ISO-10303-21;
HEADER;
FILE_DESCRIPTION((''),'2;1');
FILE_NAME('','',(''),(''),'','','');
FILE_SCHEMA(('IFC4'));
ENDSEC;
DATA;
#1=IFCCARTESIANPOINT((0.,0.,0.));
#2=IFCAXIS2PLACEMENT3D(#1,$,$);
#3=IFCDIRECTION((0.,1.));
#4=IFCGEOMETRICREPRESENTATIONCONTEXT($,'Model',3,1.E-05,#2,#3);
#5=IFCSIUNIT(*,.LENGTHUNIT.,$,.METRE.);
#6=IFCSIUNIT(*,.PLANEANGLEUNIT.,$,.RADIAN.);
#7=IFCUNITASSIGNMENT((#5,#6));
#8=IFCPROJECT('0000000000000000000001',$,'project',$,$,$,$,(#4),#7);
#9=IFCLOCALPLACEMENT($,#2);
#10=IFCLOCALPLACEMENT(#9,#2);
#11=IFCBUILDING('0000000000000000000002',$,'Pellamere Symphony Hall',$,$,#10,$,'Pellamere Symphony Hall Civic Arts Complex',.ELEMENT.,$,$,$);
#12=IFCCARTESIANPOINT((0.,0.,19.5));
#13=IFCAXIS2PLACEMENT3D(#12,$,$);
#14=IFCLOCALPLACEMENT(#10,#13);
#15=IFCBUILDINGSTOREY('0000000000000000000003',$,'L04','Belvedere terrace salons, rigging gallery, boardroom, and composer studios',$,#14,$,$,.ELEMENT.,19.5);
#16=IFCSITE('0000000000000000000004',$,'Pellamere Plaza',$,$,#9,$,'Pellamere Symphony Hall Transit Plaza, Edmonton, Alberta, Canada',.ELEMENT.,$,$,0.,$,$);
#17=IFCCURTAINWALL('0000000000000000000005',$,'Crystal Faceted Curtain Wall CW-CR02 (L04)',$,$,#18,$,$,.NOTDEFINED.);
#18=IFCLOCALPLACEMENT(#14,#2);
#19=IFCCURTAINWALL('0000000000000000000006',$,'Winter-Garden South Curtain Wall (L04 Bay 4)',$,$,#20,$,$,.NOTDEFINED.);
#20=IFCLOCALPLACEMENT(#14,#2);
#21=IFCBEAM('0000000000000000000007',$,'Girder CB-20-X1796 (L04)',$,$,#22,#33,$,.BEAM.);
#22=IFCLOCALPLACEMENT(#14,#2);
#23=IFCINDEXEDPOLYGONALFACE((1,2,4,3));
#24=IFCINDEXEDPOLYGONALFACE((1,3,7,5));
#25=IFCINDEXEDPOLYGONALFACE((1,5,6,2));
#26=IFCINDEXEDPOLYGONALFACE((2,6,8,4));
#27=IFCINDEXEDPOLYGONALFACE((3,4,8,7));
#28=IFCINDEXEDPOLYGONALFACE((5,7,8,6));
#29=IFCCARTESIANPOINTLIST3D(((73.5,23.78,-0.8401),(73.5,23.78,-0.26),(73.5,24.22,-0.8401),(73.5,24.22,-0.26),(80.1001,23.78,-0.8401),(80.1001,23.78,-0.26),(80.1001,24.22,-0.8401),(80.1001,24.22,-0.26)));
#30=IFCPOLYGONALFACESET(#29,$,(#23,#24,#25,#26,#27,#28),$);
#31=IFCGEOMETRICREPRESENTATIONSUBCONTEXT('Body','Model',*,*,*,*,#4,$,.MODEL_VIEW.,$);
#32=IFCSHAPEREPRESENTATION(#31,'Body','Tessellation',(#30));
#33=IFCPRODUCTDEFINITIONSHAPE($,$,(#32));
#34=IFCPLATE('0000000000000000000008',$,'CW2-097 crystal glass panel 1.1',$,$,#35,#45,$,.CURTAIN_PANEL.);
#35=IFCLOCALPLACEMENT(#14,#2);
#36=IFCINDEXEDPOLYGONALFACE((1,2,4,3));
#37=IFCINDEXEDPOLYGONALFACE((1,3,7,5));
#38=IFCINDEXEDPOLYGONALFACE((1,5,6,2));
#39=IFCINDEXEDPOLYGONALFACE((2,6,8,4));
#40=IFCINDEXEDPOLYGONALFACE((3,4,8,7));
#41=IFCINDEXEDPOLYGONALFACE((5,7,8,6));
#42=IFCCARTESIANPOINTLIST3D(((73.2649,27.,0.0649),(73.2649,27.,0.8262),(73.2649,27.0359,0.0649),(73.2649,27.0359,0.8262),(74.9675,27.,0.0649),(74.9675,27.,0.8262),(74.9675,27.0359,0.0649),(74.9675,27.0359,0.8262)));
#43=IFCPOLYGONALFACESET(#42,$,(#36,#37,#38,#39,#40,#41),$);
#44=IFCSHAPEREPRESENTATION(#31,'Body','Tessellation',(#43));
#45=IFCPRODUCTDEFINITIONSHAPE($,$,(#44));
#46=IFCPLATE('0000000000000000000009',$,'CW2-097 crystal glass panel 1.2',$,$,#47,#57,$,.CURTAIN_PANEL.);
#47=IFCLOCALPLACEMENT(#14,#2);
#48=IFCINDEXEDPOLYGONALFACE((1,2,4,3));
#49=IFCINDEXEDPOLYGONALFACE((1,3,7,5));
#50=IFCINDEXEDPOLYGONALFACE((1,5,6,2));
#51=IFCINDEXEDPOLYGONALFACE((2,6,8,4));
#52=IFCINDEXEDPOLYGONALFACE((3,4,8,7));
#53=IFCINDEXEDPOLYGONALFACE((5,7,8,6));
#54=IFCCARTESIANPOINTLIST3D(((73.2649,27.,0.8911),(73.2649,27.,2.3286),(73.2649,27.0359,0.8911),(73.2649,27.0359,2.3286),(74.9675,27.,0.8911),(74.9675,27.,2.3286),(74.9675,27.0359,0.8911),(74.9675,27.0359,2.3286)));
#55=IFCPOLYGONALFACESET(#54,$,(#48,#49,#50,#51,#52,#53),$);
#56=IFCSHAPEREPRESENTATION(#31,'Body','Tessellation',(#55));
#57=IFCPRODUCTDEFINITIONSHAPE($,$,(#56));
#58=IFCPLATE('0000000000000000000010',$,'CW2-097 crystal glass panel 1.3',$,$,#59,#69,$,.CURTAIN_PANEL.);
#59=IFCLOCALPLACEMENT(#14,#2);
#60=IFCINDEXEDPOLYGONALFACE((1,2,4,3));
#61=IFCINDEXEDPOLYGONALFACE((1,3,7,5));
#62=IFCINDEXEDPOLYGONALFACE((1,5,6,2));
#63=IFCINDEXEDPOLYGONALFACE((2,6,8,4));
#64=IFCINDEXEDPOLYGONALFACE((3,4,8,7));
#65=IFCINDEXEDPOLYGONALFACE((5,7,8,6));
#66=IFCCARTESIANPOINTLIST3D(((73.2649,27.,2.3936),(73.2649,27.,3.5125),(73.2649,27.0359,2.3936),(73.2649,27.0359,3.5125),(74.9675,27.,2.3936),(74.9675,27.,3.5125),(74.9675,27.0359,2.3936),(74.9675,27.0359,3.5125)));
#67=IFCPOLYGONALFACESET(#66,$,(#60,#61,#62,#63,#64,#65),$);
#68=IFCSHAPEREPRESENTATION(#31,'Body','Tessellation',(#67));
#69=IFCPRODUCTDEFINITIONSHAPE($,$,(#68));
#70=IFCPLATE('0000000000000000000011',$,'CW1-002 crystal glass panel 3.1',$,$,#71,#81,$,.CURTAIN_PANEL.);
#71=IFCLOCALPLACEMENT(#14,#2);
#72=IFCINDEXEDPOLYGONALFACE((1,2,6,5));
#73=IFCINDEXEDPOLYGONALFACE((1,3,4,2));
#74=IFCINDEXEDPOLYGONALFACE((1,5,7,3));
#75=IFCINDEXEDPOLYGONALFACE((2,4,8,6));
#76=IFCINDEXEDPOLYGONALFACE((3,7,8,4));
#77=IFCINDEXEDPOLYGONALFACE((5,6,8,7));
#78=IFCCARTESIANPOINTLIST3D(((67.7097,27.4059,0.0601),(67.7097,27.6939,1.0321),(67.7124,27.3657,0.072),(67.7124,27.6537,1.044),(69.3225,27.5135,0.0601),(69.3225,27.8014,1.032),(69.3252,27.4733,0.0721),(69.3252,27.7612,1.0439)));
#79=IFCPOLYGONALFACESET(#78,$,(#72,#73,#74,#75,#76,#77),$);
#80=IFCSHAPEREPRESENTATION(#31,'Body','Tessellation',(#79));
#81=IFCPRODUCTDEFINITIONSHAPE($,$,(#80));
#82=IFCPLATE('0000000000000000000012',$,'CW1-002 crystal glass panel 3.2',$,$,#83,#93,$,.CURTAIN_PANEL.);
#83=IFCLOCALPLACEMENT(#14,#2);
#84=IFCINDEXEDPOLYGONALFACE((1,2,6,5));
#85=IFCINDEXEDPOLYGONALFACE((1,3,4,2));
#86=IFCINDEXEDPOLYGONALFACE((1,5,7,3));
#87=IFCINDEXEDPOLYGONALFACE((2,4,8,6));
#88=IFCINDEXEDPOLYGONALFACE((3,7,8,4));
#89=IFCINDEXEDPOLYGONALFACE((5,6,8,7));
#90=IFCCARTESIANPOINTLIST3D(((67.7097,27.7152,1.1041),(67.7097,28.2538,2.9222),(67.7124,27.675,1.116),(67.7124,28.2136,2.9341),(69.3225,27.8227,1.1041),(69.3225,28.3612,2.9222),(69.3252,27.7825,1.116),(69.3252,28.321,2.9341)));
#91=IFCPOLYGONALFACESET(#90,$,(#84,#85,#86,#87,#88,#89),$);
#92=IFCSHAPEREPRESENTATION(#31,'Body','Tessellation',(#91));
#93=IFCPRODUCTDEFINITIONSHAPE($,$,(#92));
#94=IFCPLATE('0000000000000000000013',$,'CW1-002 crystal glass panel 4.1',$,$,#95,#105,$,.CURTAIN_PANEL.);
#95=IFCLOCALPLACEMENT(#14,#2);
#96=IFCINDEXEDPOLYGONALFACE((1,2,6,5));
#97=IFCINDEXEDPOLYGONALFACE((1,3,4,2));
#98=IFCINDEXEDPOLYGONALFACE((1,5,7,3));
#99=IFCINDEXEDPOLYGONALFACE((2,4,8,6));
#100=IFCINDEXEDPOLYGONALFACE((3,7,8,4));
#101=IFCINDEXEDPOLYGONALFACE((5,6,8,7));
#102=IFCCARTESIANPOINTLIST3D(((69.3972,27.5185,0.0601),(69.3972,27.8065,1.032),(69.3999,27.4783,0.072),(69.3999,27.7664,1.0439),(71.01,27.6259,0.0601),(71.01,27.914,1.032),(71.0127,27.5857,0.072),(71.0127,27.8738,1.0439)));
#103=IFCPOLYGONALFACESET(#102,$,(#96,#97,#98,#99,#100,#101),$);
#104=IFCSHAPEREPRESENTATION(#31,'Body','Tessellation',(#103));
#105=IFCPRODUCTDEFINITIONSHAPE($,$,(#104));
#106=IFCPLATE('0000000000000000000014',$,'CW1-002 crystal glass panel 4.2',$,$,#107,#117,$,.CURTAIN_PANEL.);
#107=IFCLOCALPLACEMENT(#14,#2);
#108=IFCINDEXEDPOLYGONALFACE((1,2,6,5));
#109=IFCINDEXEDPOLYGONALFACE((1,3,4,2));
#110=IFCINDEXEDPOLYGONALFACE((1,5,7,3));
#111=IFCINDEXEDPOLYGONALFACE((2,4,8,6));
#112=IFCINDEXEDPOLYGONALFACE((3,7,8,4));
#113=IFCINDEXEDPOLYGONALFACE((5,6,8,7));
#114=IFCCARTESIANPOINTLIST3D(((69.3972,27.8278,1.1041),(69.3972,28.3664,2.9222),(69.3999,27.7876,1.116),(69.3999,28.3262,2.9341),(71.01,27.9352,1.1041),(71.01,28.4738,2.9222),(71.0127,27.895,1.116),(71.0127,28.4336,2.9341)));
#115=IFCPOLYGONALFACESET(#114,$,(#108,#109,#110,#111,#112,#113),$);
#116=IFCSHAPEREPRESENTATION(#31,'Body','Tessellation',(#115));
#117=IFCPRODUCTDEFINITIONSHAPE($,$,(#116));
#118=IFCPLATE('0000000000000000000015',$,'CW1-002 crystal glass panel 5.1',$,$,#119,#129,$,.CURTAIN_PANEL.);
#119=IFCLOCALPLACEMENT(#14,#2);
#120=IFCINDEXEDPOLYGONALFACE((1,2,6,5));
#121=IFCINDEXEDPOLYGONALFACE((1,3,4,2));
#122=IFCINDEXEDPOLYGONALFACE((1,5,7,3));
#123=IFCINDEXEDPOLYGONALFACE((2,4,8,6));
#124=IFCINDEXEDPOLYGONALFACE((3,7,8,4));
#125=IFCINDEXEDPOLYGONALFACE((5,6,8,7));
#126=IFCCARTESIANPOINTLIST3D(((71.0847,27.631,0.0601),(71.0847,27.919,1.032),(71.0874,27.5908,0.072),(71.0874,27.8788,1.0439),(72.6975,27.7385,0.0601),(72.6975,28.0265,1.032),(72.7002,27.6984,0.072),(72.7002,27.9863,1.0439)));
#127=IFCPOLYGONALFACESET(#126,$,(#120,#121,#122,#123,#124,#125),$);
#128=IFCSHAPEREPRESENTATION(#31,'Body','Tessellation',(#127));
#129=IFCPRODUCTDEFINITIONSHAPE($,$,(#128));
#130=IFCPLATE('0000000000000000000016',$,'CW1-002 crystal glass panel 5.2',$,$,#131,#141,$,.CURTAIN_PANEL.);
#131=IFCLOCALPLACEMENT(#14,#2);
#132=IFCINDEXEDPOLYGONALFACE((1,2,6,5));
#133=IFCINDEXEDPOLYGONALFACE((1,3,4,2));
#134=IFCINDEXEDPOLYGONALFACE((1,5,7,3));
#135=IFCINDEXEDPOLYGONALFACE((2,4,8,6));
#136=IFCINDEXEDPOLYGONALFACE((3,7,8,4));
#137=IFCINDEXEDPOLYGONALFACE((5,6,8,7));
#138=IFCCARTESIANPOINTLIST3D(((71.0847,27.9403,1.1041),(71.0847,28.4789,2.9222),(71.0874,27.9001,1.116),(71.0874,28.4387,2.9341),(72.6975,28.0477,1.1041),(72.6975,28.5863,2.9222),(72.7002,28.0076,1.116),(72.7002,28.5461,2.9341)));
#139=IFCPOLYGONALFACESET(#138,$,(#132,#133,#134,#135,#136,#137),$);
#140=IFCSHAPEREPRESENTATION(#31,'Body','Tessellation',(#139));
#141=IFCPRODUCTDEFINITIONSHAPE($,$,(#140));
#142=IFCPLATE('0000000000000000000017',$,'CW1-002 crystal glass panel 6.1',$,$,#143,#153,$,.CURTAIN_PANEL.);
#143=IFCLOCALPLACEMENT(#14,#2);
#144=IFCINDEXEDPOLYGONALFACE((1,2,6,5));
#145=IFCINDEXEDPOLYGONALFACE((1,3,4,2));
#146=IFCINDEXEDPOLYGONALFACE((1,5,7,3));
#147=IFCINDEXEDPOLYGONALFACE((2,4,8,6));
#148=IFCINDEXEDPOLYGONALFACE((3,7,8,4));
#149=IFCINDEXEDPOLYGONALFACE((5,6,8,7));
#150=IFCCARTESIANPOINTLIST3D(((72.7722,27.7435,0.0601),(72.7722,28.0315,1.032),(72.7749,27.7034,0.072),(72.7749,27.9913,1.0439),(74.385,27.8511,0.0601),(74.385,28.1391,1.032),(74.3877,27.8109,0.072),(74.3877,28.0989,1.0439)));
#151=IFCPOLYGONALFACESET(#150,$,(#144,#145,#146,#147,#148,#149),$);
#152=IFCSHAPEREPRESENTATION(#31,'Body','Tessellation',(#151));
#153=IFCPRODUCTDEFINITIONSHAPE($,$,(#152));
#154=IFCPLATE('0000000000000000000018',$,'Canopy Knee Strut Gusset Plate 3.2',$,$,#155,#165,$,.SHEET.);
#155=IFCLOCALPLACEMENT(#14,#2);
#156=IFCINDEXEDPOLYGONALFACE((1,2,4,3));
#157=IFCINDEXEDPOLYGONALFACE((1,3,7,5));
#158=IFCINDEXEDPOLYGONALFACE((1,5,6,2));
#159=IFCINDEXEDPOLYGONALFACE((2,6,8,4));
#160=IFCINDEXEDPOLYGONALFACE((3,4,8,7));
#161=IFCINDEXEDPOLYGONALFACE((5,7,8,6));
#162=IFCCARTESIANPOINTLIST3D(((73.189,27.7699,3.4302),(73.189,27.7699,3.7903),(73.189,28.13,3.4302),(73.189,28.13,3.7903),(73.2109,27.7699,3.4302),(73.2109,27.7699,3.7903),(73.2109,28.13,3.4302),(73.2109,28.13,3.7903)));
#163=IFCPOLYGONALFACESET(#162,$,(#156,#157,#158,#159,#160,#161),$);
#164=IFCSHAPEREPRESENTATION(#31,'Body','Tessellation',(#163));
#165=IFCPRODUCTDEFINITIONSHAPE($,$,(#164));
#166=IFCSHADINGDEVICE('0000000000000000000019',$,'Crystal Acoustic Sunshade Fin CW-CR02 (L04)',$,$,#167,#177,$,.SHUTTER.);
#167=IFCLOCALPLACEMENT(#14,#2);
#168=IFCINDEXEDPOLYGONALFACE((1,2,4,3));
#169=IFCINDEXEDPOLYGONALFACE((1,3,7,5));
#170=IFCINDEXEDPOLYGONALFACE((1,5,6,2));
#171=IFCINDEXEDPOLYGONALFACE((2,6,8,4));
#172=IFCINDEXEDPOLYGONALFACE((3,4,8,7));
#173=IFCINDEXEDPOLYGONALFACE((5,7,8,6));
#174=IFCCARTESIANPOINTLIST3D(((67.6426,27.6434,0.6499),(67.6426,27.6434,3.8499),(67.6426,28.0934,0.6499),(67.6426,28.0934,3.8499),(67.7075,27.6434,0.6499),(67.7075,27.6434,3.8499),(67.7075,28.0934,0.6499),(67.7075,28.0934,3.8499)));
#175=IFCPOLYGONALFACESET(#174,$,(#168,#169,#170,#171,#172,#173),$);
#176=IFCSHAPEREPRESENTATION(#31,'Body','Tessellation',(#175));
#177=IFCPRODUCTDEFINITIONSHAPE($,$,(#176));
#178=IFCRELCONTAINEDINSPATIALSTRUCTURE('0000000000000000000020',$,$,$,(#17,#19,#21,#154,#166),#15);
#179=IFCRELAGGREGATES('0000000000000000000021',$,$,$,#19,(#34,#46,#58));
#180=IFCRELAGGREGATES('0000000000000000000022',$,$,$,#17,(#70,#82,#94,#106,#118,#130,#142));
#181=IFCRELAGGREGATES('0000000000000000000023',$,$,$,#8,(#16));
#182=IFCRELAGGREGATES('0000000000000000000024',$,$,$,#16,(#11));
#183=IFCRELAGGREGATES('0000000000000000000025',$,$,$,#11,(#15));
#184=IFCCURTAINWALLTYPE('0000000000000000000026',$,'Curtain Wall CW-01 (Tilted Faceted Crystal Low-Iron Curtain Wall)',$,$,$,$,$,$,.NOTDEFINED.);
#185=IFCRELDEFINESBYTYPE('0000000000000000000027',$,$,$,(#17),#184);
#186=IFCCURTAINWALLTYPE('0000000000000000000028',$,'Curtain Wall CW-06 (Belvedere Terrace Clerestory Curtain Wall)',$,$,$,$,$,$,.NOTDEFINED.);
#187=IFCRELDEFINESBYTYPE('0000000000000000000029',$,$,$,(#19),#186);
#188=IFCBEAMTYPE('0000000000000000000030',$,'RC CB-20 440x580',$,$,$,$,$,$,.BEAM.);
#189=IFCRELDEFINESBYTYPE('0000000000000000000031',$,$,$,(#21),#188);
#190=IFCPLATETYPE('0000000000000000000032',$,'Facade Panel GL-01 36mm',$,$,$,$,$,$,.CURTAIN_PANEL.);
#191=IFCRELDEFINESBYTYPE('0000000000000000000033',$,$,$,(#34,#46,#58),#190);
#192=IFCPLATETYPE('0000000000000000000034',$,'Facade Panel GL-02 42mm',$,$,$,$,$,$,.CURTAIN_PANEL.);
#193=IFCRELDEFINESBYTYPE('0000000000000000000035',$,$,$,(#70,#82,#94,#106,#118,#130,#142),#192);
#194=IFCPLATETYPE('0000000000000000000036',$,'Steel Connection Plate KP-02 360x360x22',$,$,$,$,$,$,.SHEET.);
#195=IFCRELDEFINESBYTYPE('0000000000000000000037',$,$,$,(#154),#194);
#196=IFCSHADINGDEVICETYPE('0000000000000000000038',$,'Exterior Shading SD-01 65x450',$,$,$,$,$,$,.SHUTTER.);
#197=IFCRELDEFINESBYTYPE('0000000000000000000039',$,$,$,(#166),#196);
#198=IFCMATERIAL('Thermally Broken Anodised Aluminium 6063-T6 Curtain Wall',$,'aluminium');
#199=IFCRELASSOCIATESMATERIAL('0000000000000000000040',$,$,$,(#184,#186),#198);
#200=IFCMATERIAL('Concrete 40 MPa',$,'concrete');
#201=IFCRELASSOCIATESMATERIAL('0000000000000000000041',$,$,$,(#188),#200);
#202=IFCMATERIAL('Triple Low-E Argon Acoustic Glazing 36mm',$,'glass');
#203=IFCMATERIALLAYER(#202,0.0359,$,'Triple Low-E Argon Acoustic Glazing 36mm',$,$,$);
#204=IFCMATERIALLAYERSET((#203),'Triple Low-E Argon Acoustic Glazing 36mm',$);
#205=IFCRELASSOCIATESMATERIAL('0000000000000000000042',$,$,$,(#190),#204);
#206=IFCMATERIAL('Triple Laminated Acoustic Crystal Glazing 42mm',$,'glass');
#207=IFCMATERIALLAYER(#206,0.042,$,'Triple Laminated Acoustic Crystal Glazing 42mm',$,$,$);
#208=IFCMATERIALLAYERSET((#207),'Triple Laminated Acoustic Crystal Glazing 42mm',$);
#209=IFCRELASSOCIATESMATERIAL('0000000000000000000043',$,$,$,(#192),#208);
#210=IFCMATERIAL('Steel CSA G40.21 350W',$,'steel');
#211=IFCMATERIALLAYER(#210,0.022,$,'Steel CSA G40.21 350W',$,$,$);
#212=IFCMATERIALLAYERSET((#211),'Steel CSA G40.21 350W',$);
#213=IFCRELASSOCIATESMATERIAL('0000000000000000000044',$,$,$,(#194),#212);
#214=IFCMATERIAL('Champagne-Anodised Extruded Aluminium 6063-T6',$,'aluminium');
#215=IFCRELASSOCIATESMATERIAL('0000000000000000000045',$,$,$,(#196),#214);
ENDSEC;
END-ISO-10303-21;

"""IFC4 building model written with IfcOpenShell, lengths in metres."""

from ifc_helpers import new_model, si_unit, direction, frame, origin, origin_2d, place, context, subcontext, project, spatial, polyline, rectangle, outline, extrude, material, layer, layer_set, material_profile, profile_set, type_object, element, aggregate, save


model = new_model("IFC4")

# Units and contexts
model_context = context("Model", 3, precision=1e-05, world=origin(), true_north=direction((0.0, 1.0)))
body_context = subcontext(model_context, "Body", "Model", "MODEL_VIEW")
ifc_project = project(units=[si_unit("LENGTHUNIT", "METRE"), si_unit("PLANEANGLEUNIT", "RADIAN")], contexts=[model_context])

# Site, building, storey
site_placement = place(None, origin())
site = spatial("IfcSite", under=ifc_project, at=site_placement, Name="Pellamere Plaza", LongName="Pellamere Symphony Hall Transit Plaza, Edmonton, Alberta, Canada", CompositionType="ELEMENT", RefElevation=0.0)
building_placement = place(site_placement, origin())
building = spatial("IfcBuilding", under=site, at=building_placement, Name="Pellamere Symphony Hall", LongName="Pellamere Symphony Hall Civic Arts Complex", CompositionType="ELEMENT")
storey_placement = place(building_placement, frame((0.0, 0.0, 19.5)))
storey = spatial("IfcBuildingStorey", under=building, at=storey_placement, Name="L04", Description="Belvedere terrace salons, rigging gallery, boardroom, and composer studios", CompositionType="ELEMENT", Elevation=19.5)

# Curtain wall
ifc_material_1 = material(Name="Thermally Broken Anodised Aluminium 6063-T6 Curtain Wall", Category="aluminium")
curtain_wall_type_1 = type_object("IfcCurtainWallType", Name="Curtain Wall CW-01 (Tilted Faceted Crystal Low-Iron Curtain Wall)", PredefinedType="NOTDEFINED", material=ifc_material_1)
curtain_wall_1_placement = place(storey_placement, origin())
curtain_wall_1 = element("IfcCurtainWall", 1, at=curtain_wall_1_placement, inside=storey, type_object=curtain_wall_type_1, Name="Crystal Faceted Curtain Wall CW-CR02 (L04)", PredefinedType="NOTDEFINED")

# Curtain wall
curtain_wall_type_2 = type_object("IfcCurtainWallType", Name="Curtain Wall CW-06 (Belvedere Terrace Clerestory Curtain Wall)", PredefinedType="NOTDEFINED", material=ifc_material_1)
curtain_wall_2_placement = place(storey_placement, origin())
curtain_wall_2 = element("IfcCurtainWall", 2, at=curtain_wall_2_placement, inside=storey, type_object=curtain_wall_type_2, Name="Winter-Garden South Curtain Wall (L04 Bay 4)", PredefinedType="NOTDEFINED")

# Beam
ifc_material_2 = material(Name="Concrete 40 MPa", Category="concrete")
ifc_material_profile_1 = material_profile(ifc_material_2, rectangle(XDim=0.4399, YDim=0.5801, at=origin_2d()), Name="RC 440x580")
ifc_profile_set_1 = profile_set([ifc_material_profile_1], Name="Concrete 40 MPa")
beam_type_1 = type_object("IfcBeamType", Name="RC CB-20 440x580", PredefinedType="BEAM", material=ifc_profile_set_1)
beam_1_placement = place(storey_placement, frame((73.5, 24.0, -0.55), z_axis=(1.0, 0.0, 0.0), x_axis=(0.0, 1.0, 0.0)))
element("IfcBeam", 3, at=beam_1_placement, inside=storey, type_object=beam_type_1, Name="Girder CB-20-X1796 (L04)", PredefinedType="BEAM", context=body_context, shape_type="SweptSolid", body=[
    extrude(rectangle(XDim=0.4399, YDim=0.5801, at=origin_2d()), origin(), (0.0, 0.0, 1.0), 6.6001),
])

# Plates
ifc_material_3 = material(Name="Triple Low-E Argon Acoustic Glazing 36mm", Category="glass")
ifc_layer_1 = layer(ifc_material_3, 0.0359, Name="Triple Low-E Argon Acoustic Glazing 36mm")
ifc_layer_set_1 = layer_set([ifc_layer_1], Name="Triple Low-E Argon Acoustic Glazing 36mm")
plate_type_1 = type_object("IfcPlateType", Name="Facade Panel GL-01 36mm", PredefinedType="CURTAIN_PANEL", material=ifc_layer_set_1)
plate_1_placement = place(storey_placement, frame((73.2649, 27.0, 0.0649), z_axis=(0.0, -1.0, 0.0), x_axis=(1.0, 0.0, 0.0)))
plate_1 = element("IfcPlate", 4, at=plate_1_placement, type_object=plate_type_1, Name="CW2-097 crystal glass panel 1.1", PredefinedType="CURTAIN_PANEL", context=body_context, shape_type="SweptSolid", body=[
    extrude(outline(polyline([(0.0, 0.0), (1.7026, 0.0), (1.7026, 0.7612), (0.0, 0.7612), (0.0, 0.0)])), origin(), (0.0, 0.0, -1.0), 0.0359),
])
plate_2_placement = place(storey_placement, frame((73.2649, 27.0, 0.8911), z_axis=(0.0, -1.0, 0.0), x_axis=(1.0, 0.0, 0.0)))
plate_2 = element("IfcPlate", 5, at=plate_2_placement, type_object=plate_type_1, Name="CW2-097 crystal glass panel 1.2", PredefinedType="CURTAIN_PANEL", context=body_context, shape_type="SweptSolid", body=[
    extrude(outline(polyline([(0.0, 0.0), (1.7026, 0.0), (1.7026, 1.4375), (0.0, 1.4375), (0.0, 0.0)])), origin(), (0.0, 0.0, -1.0), 0.0359),
])
plate_3_placement = place(storey_placement, frame((73.2649, 27.0, 2.3936), z_axis=(0.0, -1.0, 0.0), x_axis=(1.0, 0.0, 0.0)))
plate_3 = element("IfcPlate", 6, at=plate_3_placement, type_object=plate_type_1, Name="CW2-097 crystal glass panel 1.3", PredefinedType="CURTAIN_PANEL", context=body_context, shape_type="SweptSolid", body=[
    extrude(outline(polyline([(0.0, 0.0), (1.7026, 0.0), (1.7026, 1.1189), (0.0, 1.1189), (0.0, 0.0)])), origin(), (0.0, 0.0, -1.0), 0.0359),
])
aggregate(curtain_wall_2, [plate_1, plate_2, plate_3])
ifc_material_4 = material(Name="Triple Laminated Acoustic Crystal Glazing 42mm", Category="glass")
ifc_layer_2 = layer(ifc_material_4, 0.042, Name="Triple Laminated Acoustic Crystal Glazing 42mm")
ifc_layer_set_2 = layer_set([ifc_layer_2], Name="Triple Laminated Acoustic Crystal Glazing 42mm")
plate_type_2 = type_object("IfcPlateType", Name="Facade Panel GL-02 42mm", PredefinedType="CURTAIN_PANEL", material=ifc_layer_set_2)
plate_4_placement = place(storey_placement, frame((67.7124, 27.3657, 0.072), z_axis=(0.063804, -0.956848, 0.283497), x_axis=(0.997784, 0.06654, 0.00002)))
plate_4 = element("IfcPlate", 7, at=plate_4_placement, type_object=plate_type_2, Name="CW1-002 crystal glass panel 3.1", PredefinedType="CURTAIN_PANEL", context=body_context, shape_type="SweptSolid", body=[
    extrude(outline(polyline([(0.0, 0.0), (1.6164, 0.0), (1.6356, 1.0135), (0.0192, 1.0135), (0.0, 0.0)])), origin(), (0.0, 0.0, -1.0), 0.042),
])
plate_5_placement = place(storey_placement, frame((67.7124, 27.675, 1.116), z_axis=(0.063733, -0.956867, 0.28345), x_axis=(0.997789, 0.066459, 0.0)))
plate_5 = element("IfcPlate", 8, at=plate_5_placement, type_object=plate_type_2, Name="CW1-002 crystal glass panel 3.2", PredefinedType="CURTAIN_PANEL", context=body_context, shape_type="SweptSolid", body=[
    extrude(outline(polyline([(0.0, 0.0), (1.6164, 0.0), (1.6522, 1.8959), (0.0358, 1.8959), (0.0, 0.0)])), origin(), (0.0, 0.0, -1.0), 0.042),
])
plate_6_placement = place(storey_placement, frame((69.3999, 27.4783, 0.072), z_axis=(0.06373, -0.95682, 0.283609), x_axis=(0.997789, 0.066459, 0.0)))
plate_6 = element("IfcPlate", 9, at=plate_6_placement, type_object=plate_type_2, Name="CW1-002 crystal glass panel 4.1", PredefinedType="CURTAIN_PANEL", context=body_context, shape_type="SweptSolid", body=[
    extrude(outline(polyline([(0.0, 0.0), (1.6164, 0.0), (1.6355, 1.0135), (0.0191, 1.0135), (0.0, 0.0)])), origin(), (0.0, 0.0, -1.0), 0.042),
])
plate_7_placement = place(storey_placement, frame((69.3999, 27.7876, 1.116), z_axis=(0.063733, -0.956867, 0.28345), x_axis=(0.997789, 0.066459, 0.0)))
plate_7 = element("IfcPlate", 10, at=plate_7_placement, type_object=plate_type_2, Name="CW1-002 crystal glass panel 4.2", PredefinedType="CURTAIN_PANEL", context=body_context, shape_type="SweptSolid", body=[
    extrude(outline(polyline([(0.0, 0.0), (1.6164, 0.0), (1.6522, 1.8959), (0.0358, 1.8959), (0.0, 0.0)])), origin(), (0.0, 0.0, -1.0), 0.042),
])
plate_8_placement = place(storey_placement, frame((71.0874, 27.5908, 0.072), z_axis=(0.063804, -0.956848, 0.283497), x_axis=(0.997785, 0.066528, -0.00002)))
plate_8 = element("IfcPlate", 11, at=plate_8_placement, type_object=plate_type_2, Name="CW1-002 crystal glass panel 5.1", PredefinedType="CURTAIN_PANEL", context=body_context, shape_type="SweptSolid", body=[
    extrude(outline(polyline([(0.0, 0.0), (1.6164, 0.0), (1.6355, 1.0135), (0.0191, 1.0135), (0.0, 0.0)])), origin(), (0.0, 0.0, -1.0), 0.042),
])
plate_9_placement = place(storey_placement, frame((71.0874, 27.9001, 1.116), z_axis=(0.063733, -0.956867, 0.28345), x_axis=(0.997789, 0.066459, 0.0)))
plate_9 = element("IfcPlate", 12, at=plate_9_placement, type_object=plate_type_2, Name="CW1-002 crystal glass panel 5.2", PredefinedType="CURTAIN_PANEL", context=body_context, shape_type="SweptSolid", body=[
    extrude(outline(polyline([(0.0, 0.0), (1.6164, 0.0), (1.6522, 1.8959), (0.0358, 1.8959), (0.0, 0.0)])), origin(), (0.0, 0.0, -1.0), 0.042),
])
plate_10_placement = place(storey_placement, frame((72.7749, 27.7034, 0.072), z_axis=(0.063804, -0.956848, 0.283497), x_axis=(0.997785, 0.066528, -0.00002)))
plate_10 = element("IfcPlate", 13, at=plate_10_placement, type_object=plate_type_2, Name="CW1-002 crystal glass panel 6.1", PredefinedType="CURTAIN_PANEL", context=body_context, shape_type="SweptSolid", body=[
    extrude(outline(polyline([(0.0, 0.0), (1.6164, 0.0), (1.6355, 1.0135), (0.0191, 1.0135), (0.0, 0.0)])), origin(), (0.0, 0.0, -1.0), 0.042),
])
aggregate(curtain_wall_1, [plate_4, plate_5, plate_6, plate_7, plate_8, plate_9, plate_10])
ifc_material_5 = material(Name="Steel CSA G40.21 350W", Category="steel")
ifc_layer_3 = layer(ifc_material_5, 0.022, Name="Steel CSA G40.21 350W")
ifc_layer_set_3 = layer_set([ifc_layer_3], Name="Steel CSA G40.21 350W")
plate_type_3 = type_object("IfcPlateType", Name="Steel Connection Plate KP-02 360x360x22", PredefinedType="SHEET", material=ifc_layer_set_3)
plate_11_placement = place(storey_placement, frame((73.2, 27.95, 3.4302), z_axis=(0.0, 0.0, 1.0), x_axis=(1.0, 0.0, 0.0)))
element("IfcPlate", 14, at=plate_11_placement, inside=storey, type_object=plate_type_3, Name="Canopy Knee Strut Gusset Plate 3.2", PredefinedType="SHEET", context=body_context, shape_type="SweptSolid", body=[
    extrude(rectangle(XDim=0.022, YDim=0.3601, at=origin_2d()), origin(), (0.0, 0.0, 1.0), 0.3601),
])

# Shading device
ifc_material_6 = material(Name="Champagne-Anodised Extruded Aluminium 6063-T6", Category="aluminium")
shading_device_type = type_object("IfcShadingDeviceType", Name="Exterior Shading SD-01 65x450", PredefinedType="SHUTTER", material=ifc_material_6)
shading_device_placement = place(storey_placement, frame((67.675, 27.8684, 0.6499), z_axis=(0.0, 0.0, 1.0), x_axis=(1.0, 0.0, 0.0)))
element("IfcShadingDevice", 15, at=shading_device_placement, inside=storey, type_object=shading_device_type, Name="Crystal Acoustic Sunshade Fin CW-CR02 (L04)", PredefinedType="SHUTTER", context=body_context, shape_type="SweptSolid", body=[
    extrude(rectangle(XDim=0.0649, YDim=0.45, at=origin_2d()), origin(), (0.0, 0.0, 1.0), 3.2),
])

save(model, "model.ifc")
